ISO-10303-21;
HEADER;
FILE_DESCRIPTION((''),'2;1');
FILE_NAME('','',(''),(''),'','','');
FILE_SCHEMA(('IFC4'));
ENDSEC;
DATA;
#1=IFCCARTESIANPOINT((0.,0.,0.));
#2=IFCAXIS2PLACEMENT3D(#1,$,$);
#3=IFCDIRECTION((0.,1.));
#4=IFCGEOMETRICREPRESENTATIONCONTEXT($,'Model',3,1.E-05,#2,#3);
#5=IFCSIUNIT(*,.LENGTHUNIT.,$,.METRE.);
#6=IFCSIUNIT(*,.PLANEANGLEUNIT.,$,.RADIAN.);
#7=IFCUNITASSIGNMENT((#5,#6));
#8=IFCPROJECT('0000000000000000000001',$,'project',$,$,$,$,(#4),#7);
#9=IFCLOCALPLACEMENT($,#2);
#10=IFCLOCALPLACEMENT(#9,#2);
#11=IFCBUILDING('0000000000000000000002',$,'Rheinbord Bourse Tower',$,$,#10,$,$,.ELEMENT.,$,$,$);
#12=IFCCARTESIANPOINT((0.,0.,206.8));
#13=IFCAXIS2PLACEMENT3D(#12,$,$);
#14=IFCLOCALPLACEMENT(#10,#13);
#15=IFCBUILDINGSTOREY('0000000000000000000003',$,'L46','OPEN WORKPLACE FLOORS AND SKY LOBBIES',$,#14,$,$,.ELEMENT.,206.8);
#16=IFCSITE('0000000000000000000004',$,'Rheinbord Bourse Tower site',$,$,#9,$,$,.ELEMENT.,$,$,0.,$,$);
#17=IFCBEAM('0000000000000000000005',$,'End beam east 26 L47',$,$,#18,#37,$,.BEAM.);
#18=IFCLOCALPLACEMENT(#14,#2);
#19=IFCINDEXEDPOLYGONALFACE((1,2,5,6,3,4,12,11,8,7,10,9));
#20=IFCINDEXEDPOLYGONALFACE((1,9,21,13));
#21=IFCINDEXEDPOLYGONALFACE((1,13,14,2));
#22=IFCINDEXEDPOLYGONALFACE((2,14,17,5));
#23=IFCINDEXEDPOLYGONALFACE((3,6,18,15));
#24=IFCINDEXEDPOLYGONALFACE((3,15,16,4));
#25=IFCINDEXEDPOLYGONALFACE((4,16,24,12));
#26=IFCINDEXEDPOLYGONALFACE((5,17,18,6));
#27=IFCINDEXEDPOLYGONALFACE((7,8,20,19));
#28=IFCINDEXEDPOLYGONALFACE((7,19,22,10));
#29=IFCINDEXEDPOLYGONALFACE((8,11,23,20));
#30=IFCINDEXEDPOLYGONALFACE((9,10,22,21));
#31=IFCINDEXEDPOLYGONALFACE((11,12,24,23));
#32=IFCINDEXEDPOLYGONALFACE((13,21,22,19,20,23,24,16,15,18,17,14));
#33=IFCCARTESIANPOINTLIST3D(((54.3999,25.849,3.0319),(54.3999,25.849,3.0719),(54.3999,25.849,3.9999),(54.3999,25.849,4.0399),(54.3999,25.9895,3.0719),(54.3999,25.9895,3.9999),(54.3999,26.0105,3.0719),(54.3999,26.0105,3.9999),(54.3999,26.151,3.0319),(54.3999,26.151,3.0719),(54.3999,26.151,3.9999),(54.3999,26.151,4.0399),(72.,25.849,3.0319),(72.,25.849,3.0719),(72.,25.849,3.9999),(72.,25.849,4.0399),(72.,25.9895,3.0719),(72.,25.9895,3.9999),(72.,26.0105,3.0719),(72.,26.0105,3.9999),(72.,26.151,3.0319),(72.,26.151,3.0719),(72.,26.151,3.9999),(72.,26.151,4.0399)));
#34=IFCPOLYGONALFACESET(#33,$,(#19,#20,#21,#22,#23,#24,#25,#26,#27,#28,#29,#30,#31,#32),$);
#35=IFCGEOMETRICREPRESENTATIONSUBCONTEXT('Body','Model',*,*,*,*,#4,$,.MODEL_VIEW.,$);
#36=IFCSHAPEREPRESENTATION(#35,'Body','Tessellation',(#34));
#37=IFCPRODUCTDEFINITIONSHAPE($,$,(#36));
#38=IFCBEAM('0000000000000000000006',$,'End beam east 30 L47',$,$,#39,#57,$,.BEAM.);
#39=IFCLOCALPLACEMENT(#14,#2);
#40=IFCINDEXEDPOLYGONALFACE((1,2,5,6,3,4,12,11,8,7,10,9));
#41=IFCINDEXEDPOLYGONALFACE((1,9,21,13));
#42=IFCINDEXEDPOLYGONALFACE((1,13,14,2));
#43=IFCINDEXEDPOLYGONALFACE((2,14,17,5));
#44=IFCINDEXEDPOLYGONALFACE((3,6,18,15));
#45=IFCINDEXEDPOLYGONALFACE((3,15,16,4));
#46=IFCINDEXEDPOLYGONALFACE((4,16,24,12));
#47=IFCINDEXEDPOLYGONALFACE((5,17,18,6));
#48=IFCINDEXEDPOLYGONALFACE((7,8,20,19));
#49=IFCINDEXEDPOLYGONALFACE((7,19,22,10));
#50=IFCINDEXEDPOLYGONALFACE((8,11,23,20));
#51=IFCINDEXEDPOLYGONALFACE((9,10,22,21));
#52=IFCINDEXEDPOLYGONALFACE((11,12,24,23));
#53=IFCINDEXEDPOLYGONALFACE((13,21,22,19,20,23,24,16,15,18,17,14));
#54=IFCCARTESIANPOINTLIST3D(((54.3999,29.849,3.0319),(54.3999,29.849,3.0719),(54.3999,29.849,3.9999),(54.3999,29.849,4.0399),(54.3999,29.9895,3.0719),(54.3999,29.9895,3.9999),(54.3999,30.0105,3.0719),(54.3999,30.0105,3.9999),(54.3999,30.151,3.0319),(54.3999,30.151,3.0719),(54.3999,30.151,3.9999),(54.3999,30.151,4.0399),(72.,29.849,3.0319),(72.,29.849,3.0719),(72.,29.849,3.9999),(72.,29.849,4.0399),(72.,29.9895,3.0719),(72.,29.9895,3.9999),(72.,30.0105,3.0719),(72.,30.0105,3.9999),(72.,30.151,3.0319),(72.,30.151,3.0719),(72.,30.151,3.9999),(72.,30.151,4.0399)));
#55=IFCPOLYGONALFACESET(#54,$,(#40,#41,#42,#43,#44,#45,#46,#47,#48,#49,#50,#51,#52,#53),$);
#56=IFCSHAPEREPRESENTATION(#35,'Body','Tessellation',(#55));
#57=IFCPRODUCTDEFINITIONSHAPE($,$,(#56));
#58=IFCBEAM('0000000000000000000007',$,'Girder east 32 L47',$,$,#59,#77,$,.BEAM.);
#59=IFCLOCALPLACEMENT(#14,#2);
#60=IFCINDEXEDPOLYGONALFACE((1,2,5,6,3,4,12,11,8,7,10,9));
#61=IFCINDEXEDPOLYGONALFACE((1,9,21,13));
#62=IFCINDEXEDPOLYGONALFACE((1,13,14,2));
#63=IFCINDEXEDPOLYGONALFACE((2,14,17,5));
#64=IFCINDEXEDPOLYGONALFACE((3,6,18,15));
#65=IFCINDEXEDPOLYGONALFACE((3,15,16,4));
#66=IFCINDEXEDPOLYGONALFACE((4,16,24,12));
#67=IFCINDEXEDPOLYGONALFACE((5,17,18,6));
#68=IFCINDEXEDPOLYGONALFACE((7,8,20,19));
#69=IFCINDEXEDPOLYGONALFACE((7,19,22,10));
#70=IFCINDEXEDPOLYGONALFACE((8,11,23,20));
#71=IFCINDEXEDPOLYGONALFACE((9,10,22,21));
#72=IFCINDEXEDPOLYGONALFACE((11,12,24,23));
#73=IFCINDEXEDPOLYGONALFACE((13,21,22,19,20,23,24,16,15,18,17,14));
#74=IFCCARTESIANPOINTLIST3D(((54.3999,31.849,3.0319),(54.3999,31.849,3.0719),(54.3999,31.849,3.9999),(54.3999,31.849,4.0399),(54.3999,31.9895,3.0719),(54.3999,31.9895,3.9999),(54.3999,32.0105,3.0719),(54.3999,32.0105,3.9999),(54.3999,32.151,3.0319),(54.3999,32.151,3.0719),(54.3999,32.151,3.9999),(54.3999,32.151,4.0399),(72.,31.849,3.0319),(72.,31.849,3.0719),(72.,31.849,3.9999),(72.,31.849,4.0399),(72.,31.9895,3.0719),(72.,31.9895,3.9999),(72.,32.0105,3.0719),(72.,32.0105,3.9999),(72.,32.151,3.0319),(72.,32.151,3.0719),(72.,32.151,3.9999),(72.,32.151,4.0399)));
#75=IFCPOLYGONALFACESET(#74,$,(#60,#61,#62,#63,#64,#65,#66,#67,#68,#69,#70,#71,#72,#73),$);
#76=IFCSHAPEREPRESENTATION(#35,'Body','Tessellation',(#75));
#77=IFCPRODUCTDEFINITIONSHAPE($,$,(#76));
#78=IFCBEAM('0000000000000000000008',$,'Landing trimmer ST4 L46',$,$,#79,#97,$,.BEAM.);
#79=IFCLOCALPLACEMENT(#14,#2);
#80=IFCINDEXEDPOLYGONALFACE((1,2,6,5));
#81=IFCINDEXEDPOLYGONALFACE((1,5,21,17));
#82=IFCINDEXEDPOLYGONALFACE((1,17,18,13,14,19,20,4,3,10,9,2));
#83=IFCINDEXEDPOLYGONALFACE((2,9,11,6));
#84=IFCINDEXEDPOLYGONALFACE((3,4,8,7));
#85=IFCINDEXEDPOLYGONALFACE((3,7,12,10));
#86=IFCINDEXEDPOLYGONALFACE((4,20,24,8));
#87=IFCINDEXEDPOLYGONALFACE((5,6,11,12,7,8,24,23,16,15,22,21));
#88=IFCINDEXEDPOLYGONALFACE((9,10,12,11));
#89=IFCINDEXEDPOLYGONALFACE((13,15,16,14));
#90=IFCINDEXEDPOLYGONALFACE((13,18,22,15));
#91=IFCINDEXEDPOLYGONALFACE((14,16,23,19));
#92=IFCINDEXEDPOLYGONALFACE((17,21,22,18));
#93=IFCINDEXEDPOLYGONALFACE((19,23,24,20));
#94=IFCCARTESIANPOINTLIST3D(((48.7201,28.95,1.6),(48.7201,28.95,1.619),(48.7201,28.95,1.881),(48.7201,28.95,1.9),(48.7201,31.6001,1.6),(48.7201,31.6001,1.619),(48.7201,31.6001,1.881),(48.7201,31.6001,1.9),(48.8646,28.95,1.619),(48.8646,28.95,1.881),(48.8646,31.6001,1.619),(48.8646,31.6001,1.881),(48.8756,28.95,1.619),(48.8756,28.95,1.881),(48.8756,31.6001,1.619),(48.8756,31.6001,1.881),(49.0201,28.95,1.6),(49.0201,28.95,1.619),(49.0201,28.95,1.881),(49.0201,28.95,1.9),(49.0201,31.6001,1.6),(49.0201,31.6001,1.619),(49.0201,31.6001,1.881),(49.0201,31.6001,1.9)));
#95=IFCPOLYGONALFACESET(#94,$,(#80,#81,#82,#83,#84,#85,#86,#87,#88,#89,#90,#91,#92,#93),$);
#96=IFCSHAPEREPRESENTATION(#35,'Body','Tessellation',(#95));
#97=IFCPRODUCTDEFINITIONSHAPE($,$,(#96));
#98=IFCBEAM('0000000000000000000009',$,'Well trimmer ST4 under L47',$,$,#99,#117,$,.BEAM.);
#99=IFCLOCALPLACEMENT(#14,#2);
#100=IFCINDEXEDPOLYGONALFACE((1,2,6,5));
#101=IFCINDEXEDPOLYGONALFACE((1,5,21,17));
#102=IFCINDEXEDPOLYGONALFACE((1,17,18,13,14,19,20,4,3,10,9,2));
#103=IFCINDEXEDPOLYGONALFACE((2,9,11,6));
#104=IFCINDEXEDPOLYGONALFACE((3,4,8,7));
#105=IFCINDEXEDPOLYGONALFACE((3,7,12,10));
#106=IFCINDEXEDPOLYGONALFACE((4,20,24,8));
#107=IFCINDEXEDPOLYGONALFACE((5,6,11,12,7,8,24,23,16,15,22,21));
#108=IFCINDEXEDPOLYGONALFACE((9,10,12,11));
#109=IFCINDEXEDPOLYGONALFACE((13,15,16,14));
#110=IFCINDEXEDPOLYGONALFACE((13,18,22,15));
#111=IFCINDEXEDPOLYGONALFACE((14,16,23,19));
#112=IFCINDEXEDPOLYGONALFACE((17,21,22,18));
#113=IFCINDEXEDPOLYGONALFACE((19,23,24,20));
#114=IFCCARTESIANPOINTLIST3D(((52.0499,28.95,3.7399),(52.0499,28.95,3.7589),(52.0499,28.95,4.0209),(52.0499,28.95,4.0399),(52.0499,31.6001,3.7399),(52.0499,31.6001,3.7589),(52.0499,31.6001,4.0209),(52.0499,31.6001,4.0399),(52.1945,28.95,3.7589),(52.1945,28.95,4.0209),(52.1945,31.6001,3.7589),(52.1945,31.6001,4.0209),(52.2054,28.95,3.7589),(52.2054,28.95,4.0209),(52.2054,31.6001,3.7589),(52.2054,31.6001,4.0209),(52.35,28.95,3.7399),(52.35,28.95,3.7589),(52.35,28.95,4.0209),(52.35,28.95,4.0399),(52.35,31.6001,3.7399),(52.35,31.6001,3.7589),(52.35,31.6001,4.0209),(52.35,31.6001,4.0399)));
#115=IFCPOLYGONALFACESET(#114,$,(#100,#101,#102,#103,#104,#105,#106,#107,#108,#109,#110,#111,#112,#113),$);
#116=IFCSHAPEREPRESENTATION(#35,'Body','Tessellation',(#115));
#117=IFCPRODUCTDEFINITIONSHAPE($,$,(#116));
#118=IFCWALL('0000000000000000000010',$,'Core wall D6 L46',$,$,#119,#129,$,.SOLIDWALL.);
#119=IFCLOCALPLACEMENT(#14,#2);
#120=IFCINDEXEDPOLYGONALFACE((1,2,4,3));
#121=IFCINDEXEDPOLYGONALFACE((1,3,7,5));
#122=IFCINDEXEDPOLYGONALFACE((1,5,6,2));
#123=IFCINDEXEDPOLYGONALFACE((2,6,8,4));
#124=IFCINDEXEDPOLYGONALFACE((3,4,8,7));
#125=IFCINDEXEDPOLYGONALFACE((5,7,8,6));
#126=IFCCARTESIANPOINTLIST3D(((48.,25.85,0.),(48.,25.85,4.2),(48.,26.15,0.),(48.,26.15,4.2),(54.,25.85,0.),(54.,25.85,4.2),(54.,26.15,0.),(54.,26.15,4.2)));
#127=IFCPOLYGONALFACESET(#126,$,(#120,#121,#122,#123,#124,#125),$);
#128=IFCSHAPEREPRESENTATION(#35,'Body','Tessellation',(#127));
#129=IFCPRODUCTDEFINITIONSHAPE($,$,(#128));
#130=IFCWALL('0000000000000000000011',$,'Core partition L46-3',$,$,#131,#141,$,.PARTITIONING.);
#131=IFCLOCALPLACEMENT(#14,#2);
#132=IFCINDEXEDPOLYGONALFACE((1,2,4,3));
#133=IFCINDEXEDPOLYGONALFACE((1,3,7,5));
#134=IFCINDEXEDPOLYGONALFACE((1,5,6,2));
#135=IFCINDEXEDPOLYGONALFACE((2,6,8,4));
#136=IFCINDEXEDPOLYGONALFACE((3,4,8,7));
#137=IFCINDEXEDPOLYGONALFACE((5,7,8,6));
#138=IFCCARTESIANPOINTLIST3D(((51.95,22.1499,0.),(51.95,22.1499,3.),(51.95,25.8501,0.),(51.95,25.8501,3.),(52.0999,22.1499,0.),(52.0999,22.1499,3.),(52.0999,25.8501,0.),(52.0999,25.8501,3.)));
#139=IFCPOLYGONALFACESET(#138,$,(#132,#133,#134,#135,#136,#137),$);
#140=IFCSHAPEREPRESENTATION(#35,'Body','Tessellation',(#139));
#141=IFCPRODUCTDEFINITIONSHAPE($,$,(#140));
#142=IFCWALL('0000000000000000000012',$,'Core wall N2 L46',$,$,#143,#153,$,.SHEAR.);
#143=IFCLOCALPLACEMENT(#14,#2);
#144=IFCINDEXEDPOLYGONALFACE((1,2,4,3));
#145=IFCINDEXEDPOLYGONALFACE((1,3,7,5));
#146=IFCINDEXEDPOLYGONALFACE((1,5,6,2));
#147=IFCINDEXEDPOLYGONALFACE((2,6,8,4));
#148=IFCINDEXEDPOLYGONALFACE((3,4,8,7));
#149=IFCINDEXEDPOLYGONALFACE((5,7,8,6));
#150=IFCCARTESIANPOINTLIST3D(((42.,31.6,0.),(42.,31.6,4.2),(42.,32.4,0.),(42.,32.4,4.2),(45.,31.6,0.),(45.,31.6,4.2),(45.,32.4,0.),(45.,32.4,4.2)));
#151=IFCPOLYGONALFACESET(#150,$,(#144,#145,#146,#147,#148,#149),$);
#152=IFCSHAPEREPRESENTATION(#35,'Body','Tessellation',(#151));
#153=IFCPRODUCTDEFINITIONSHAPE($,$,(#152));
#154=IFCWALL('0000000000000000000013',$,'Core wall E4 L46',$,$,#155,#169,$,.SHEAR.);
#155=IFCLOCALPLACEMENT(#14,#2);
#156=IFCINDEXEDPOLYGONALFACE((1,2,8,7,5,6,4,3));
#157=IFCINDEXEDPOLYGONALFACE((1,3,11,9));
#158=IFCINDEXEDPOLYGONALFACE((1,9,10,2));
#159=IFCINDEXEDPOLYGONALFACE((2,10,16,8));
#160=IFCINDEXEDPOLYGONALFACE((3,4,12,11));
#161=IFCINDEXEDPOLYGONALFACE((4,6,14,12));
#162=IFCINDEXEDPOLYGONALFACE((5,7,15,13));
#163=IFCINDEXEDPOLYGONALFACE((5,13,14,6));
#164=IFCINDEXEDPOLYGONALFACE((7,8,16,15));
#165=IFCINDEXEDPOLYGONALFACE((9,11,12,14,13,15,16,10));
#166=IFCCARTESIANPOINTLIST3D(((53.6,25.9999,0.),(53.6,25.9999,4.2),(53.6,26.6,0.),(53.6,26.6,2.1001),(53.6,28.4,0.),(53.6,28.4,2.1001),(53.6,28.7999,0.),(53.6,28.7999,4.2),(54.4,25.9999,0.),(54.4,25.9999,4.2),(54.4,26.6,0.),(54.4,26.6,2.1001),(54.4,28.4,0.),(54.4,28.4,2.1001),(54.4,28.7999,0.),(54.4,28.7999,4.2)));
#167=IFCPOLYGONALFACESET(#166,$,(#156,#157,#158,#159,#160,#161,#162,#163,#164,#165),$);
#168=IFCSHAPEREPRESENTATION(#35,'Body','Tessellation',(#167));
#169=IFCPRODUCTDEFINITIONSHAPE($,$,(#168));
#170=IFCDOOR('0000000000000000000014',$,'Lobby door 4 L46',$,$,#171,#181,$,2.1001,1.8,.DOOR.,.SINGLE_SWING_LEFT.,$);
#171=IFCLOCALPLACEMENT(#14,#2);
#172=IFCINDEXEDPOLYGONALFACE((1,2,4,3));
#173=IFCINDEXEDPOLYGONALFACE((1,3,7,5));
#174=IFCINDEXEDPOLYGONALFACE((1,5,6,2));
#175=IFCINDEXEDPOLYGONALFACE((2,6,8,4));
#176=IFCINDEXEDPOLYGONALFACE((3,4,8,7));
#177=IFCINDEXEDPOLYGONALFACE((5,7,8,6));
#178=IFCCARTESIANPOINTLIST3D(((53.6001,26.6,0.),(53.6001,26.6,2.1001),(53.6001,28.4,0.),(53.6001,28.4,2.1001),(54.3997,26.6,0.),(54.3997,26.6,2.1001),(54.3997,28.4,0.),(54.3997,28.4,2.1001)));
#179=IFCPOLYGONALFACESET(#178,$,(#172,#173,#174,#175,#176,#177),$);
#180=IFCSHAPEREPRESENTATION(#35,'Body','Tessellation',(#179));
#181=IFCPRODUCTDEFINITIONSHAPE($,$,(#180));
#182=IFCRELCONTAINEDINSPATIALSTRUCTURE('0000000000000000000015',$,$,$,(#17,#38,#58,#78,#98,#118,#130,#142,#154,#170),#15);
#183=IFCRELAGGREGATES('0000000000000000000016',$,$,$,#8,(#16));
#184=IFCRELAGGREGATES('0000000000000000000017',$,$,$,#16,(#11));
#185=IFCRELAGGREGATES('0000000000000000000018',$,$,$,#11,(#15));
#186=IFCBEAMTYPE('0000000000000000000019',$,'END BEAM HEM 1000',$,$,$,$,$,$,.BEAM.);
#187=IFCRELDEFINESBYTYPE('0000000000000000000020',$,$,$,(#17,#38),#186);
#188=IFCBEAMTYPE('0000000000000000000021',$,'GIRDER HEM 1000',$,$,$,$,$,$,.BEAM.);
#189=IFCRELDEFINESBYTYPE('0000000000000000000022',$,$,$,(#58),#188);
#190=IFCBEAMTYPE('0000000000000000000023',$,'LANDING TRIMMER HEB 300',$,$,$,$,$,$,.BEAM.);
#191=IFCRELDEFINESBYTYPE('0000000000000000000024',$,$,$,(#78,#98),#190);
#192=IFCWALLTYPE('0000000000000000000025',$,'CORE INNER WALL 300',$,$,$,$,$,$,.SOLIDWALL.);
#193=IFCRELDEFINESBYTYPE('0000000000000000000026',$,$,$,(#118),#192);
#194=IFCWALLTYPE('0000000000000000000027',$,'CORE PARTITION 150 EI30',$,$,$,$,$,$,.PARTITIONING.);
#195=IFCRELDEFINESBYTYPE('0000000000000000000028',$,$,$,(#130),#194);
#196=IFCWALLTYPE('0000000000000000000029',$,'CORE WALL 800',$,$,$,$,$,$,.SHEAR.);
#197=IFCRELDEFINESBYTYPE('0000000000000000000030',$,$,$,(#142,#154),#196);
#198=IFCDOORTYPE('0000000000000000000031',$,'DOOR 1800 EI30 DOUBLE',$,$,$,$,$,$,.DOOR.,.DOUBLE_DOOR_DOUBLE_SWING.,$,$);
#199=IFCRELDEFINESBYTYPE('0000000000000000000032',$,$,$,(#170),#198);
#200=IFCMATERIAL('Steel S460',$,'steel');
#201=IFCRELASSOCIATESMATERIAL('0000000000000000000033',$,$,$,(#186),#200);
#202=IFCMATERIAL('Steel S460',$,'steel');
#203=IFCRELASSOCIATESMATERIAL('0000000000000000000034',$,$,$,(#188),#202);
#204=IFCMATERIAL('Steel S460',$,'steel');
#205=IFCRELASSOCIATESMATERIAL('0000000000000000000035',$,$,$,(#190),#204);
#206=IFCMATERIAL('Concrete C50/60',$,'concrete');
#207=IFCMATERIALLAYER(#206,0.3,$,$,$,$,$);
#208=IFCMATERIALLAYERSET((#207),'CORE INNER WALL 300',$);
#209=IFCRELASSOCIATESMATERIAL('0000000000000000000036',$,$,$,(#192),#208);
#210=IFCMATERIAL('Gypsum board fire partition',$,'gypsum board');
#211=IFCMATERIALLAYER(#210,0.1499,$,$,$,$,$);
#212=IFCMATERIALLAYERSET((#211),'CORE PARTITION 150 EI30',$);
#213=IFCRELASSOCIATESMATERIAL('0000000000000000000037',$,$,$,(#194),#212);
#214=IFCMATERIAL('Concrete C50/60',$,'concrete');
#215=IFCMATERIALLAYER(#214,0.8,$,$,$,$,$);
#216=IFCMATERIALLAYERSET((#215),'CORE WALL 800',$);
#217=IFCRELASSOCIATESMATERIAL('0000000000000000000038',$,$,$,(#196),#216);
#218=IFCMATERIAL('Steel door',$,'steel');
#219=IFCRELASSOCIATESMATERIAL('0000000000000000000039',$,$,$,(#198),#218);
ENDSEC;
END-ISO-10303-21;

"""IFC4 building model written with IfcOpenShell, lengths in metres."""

from ifc_helpers import new_model, si_unit, direction, frame, frame_2d, origin, origin_2d, place, context, subcontext, project, spatial, rectangle, i_section, extrude, material, layer, layer_set, material_profile, profile_set, type_object, element, fill, save


model = new_model("IFC4")

# Units and contexts
model_context = context("Model", 3, precision=1e-05, world=origin(), true_north=direction((0.0, 1.0)))
body_context = subcontext(model_context, "Body", "Model", "MODEL_VIEW")
ifc_project = project(units=[si_unit("LENGTHUNIT", "METRE"), si_unit("PLANEANGLEUNIT", "RADIAN")], contexts=[model_context])

# Site, building, storey
site_placement = place(None, origin())
site = spatial("IfcSite", under=ifc_project, at=site_placement, Name="Rheinbord Bourse Tower site", CompositionType="ELEMENT", RefElevation=0.0)
building_placement = place(site_placement, origin())
building = spatial("IfcBuilding", under=site, at=building_placement, Name="Rheinbord Bourse Tower", CompositionType="ELEMENT")
storey_placement = place(building_placement, frame((0.0, 0.0, 206.8)))
storey = spatial("IfcBuildingStorey", under=building, at=storey_placement, Name="L46", Description="OPEN WORKPLACE FLOORS AND SKY LOBBIES", CompositionType="ELEMENT", Elevation=206.8)

# Beams
ifc_material_1 = material(Name="Steel S460", Category="steel")
ifc_material_profile_1 = material_profile(ifc_material_1, i_section(OverallWidth=0.302, OverallDepth=1.0081, WebThickness=0.021, FlangeThickness=0.04, at=origin_2d()), Name="HEM 1000")
ifc_profile_set_1 = profile_set([ifc_material_profile_1], Name="Steel S460")
beam_type_1 = type_object("IfcBeamType", Name="END BEAM HEM 1000", PredefinedType="BEAM", material=ifc_profile_set_1)
for number, where, z_axis, x_axis, name in (
    (1, (54.3999, 26.0, 3.5359), (1.0, 0.0, 0.0), (0.0, 1.0, 0.0), "End beam east 26 L47"),
    (2, (54.3999, 30.0, 3.5359), (1.0, 0.0, 0.0), (0.0, 1.0, 0.0), "End beam east 30 L47"),
):
    element("IfcBeam", number, at=place(storey_placement, frame(where, z_axis=z_axis, x_axis=x_axis)), inside=storey, type_object=beam_type_1, Name=name, PredefinedType="BEAM", context=body_context, shape_type="SweptSolid", body=[
        extrude(i_section(OverallWidth=0.302, OverallDepth=1.0081, WebThickness=0.021, FlangeThickness=0.04, at=origin_2d()), origin(), (0.0, 0.0, 1.0), 17.6001),
    ])
ifc_material_2 = material(Name="Steel S460", Category="steel")
ifc_material_profile_2 = material_profile(ifc_material_2, i_section(OverallWidth=0.302, OverallDepth=1.0081, WebThickness=0.021, FlangeThickness=0.04, at=origin_2d()), Name="HEM 1000")
ifc_profile_set_2 = profile_set([ifc_material_profile_2], Name="Steel S460")
beam_type_2 = type_object("IfcBeamType", Name="GIRDER HEM 1000", PredefinedType="BEAM", material=ifc_profile_set_2)
beam_placement = place(storey_placement, frame((54.3999, 32.0, 3.5359), z_axis=(1.0, 0.0, 0.0), x_axis=(0.0, 1.0, 0.0)))
element("IfcBeam", 3, at=beam_placement, inside=storey, type_object=beam_type_2, Name="Girder east 32 L47", PredefinedType="BEAM", context=body_context, shape_type="SweptSolid", body=[
    extrude(i_section(OverallWidth=0.302, OverallDepth=1.0081, WebThickness=0.021, FlangeThickness=0.04, at=origin_2d()), origin(), (0.0, 0.0, 1.0), 17.6001),
])
ifc_material_3 = material(Name="Steel S460", Category="steel")
ifc_material_profile_3 = material_profile(ifc_material_3, i_section(OverallWidth=0.3, OverallDepth=0.3, WebThickness=0.011, FlangeThickness=0.019, at=origin_2d()), Name="HEB 300")
ifc_profile_set_3 = profile_set([ifc_material_profile_3], Name="Steel S460")
beam_type_3 = type_object("IfcBeamType", Name="LANDING TRIMMER HEB 300", PredefinedType="BEAM", material=ifc_profile_set_3)
for number, where, z_axis, x_axis, name in (
    (4, (48.8701, 28.95, 1.75), (0.0, 1.0, 0.0), (-1.0, 0.0, 0.0), "Landing trimmer ST4 L46"),
    (5, (52.2, 28.95, 3.8899), (0.0, 1.0, 0.0), (-1.0, 0.0, 0.0), "Well trimmer ST4 under L47"),
):
    element("IfcBeam", number, at=place(storey_placement, frame(where, z_axis=z_axis, x_axis=x_axis)), inside=storey, type_object=beam_type_3, Name=name, PredefinedType="BEAM", context=body_context, shape_type="SweptSolid", body=[
        extrude(i_section(OverallWidth=0.3, OverallDepth=0.3, WebThickness=0.011, FlangeThickness=0.019, at=origin_2d()), origin(), (0.0, 0.0, 1.0), 2.6501),
    ])

# Walls
ifc_material_4 = material(Name="Concrete C50/60", Category="concrete")
ifc_layer_1 = layer(ifc_material_4, 0.3)
ifc_layer_set_1 = layer_set([ifc_layer_1], Name="CORE INNER WALL 300")
wall_type_1 = type_object("IfcWallType", Name="CORE INNER WALL 300", PredefinedType="SOLIDWALL", material=ifc_layer_set_1)
wall_1_placement = place(storey_placement, frame((48.0, 26.0, 0.0), z_axis=(0.0, 0.0, 1.0), x_axis=(1.0, 0.0, 0.0)))
element("IfcWall", 6, at=wall_1_placement, inside=storey, type_object=wall_type_1, Name="Core wall D6 L46", PredefinedType="SOLIDWALL", context=body_context, shape_type="SweptSolid", body=[
    extrude(rectangle(XDim=6.0, YDim=0.3, at=frame_2d((3.0, 0.0))), origin(), (0.0, 0.0, 1.0), 4.2),
])
ifc_material_5 = material(Name="Gypsum board fire partition", Category="gypsum board")
ifc_layer_2 = layer(ifc_material_5, 0.1499)
ifc_layer_set_2 = layer_set([ifc_layer_2], Name="CORE PARTITION 150 EI30")
wall_type_2 = type_object("IfcWallType", Name="CORE PARTITION 150 EI30", PredefinedType="PARTITIONING", material=ifc_layer_set_2)
wall_2_placement = place(storey_placement, frame((52.0249, 22.1499, 0.0), z_axis=(0.0, 0.0, 1.0), x_axis=(0.0, 1.0, 0.0)))
element("IfcWall", 7, at=wall_2_placement, inside=storey, type_object=wall_type_2, Name="Core partition L46-3", PredefinedType="PARTITIONING", context=body_context, shape_type="SweptSolid", body=[
    extrude(rectangle(XDim=3.7002, YDim=0.1499, at=frame_2d((1.8501, 0.0))), origin(), (0.0, 0.0, 1.0), 3.0),
])
ifc_material_6 = material(Name="Concrete C50/60", Category="concrete")
ifc_layer_3 = layer(ifc_material_6, 0.8)
ifc_layer_set_3 = layer_set([ifc_layer_3], Name="CORE WALL 800")
wall_type_3 = type_object("IfcWallType", Name="CORE WALL 800", PredefinedType="SHEAR", material=ifc_layer_set_3)
wall_3_placement = place(storey_placement, frame((45.0, 32.0, 0.0), z_axis=(0.0, 0.0, 1.0), x_axis=(-1.0, 0.0, 0.0)))
element("IfcWall", 8, at=wall_3_placement, inside=storey, type_object=wall_type_3, Name="Core wall N2 L46", PredefinedType="SHEAR", context=body_context, shape_type="SweptSolid", body=[
    extrude(rectangle(XDim=3.0, YDim=0.8, at=frame_2d((1.5, 0.0))), origin(), (0.0, 0.0, 1.0), 4.2),
])

# Wall, opening, door
wall_4_placement = place(storey_placement, frame((54.0, 26.0, 0.0), z_axis=(0.0, 0.0, 1.0), x_axis=(0.0, 1.0, 0.0)))
wall_4 = element("IfcWall", 9, at=wall_4_placement, inside=storey, type_object=wall_type_3, Name="Core wall E4 L46", PredefinedType="SHEAR", context=body_context, shape_type="SweptSolid", body=[
    extrude(rectangle(XDim=2.8, YDim=0.8, at=frame_2d((1.3999, 0.0))), origin(), (0.0, 0.0, 1.0), 4.2),
])
opening_1_placement = place(wall_4_placement, frame((0.6001, 0.0, 0.0)))
opening_1 = element("IfcOpeningElement", 10, at=opening_1_placement, cuts=wall_4, PredefinedType="OPENING", context=body_context, shape_type="SweptSolid", body=[
    extrude(rectangle(XDim=1.8, YDim=2.1001, at=frame_2d((0.8999, 1.05))), frame((0.0, 0.4099, 0.0), z_axis=(0.0, -1.0, 0.0), x_axis=(1.0, 0.0, 0.0)), (0.0, 0.0, 1.0), 0.8201),
])
ifc_material_7 = material(Name="Steel door", Category="steel")
door_type_1 = type_object("IfcDoorType", Name="DOOR 1800 EI30 DOUBLE", OperationType="DOUBLE_DOOR_DOUBLE_SWING", PredefinedType="DOOR", material=ifc_material_7)
door_1_placement = place(opening_1_placement, origin())
door_1 = element("IfcDoor", 11, at=door_1_placement, inside=storey, type_object=door_type_1, Name="Lobby door 4 L46", OperationType="SINGLE_SWING_LEFT", OverallHeight=2.1001, OverallWidth=1.8, PredefinedType="DOOR", context=body_context, shape_type="SweptSolid", body=[
    extrude(rectangle(XDim=1.8, YDim=2.1001, at=frame_2d((0.8999, 1.05))), frame((0.0, 0.3999, 0.0), z_axis=(0.0, -1.0, 0.0), x_axis=(1.0, 0.0, 0.0)), (0.0, 0.0, 1.0), 0.7996),
])
fill(opening_1, door_1)

save(model, "model.ifc")
